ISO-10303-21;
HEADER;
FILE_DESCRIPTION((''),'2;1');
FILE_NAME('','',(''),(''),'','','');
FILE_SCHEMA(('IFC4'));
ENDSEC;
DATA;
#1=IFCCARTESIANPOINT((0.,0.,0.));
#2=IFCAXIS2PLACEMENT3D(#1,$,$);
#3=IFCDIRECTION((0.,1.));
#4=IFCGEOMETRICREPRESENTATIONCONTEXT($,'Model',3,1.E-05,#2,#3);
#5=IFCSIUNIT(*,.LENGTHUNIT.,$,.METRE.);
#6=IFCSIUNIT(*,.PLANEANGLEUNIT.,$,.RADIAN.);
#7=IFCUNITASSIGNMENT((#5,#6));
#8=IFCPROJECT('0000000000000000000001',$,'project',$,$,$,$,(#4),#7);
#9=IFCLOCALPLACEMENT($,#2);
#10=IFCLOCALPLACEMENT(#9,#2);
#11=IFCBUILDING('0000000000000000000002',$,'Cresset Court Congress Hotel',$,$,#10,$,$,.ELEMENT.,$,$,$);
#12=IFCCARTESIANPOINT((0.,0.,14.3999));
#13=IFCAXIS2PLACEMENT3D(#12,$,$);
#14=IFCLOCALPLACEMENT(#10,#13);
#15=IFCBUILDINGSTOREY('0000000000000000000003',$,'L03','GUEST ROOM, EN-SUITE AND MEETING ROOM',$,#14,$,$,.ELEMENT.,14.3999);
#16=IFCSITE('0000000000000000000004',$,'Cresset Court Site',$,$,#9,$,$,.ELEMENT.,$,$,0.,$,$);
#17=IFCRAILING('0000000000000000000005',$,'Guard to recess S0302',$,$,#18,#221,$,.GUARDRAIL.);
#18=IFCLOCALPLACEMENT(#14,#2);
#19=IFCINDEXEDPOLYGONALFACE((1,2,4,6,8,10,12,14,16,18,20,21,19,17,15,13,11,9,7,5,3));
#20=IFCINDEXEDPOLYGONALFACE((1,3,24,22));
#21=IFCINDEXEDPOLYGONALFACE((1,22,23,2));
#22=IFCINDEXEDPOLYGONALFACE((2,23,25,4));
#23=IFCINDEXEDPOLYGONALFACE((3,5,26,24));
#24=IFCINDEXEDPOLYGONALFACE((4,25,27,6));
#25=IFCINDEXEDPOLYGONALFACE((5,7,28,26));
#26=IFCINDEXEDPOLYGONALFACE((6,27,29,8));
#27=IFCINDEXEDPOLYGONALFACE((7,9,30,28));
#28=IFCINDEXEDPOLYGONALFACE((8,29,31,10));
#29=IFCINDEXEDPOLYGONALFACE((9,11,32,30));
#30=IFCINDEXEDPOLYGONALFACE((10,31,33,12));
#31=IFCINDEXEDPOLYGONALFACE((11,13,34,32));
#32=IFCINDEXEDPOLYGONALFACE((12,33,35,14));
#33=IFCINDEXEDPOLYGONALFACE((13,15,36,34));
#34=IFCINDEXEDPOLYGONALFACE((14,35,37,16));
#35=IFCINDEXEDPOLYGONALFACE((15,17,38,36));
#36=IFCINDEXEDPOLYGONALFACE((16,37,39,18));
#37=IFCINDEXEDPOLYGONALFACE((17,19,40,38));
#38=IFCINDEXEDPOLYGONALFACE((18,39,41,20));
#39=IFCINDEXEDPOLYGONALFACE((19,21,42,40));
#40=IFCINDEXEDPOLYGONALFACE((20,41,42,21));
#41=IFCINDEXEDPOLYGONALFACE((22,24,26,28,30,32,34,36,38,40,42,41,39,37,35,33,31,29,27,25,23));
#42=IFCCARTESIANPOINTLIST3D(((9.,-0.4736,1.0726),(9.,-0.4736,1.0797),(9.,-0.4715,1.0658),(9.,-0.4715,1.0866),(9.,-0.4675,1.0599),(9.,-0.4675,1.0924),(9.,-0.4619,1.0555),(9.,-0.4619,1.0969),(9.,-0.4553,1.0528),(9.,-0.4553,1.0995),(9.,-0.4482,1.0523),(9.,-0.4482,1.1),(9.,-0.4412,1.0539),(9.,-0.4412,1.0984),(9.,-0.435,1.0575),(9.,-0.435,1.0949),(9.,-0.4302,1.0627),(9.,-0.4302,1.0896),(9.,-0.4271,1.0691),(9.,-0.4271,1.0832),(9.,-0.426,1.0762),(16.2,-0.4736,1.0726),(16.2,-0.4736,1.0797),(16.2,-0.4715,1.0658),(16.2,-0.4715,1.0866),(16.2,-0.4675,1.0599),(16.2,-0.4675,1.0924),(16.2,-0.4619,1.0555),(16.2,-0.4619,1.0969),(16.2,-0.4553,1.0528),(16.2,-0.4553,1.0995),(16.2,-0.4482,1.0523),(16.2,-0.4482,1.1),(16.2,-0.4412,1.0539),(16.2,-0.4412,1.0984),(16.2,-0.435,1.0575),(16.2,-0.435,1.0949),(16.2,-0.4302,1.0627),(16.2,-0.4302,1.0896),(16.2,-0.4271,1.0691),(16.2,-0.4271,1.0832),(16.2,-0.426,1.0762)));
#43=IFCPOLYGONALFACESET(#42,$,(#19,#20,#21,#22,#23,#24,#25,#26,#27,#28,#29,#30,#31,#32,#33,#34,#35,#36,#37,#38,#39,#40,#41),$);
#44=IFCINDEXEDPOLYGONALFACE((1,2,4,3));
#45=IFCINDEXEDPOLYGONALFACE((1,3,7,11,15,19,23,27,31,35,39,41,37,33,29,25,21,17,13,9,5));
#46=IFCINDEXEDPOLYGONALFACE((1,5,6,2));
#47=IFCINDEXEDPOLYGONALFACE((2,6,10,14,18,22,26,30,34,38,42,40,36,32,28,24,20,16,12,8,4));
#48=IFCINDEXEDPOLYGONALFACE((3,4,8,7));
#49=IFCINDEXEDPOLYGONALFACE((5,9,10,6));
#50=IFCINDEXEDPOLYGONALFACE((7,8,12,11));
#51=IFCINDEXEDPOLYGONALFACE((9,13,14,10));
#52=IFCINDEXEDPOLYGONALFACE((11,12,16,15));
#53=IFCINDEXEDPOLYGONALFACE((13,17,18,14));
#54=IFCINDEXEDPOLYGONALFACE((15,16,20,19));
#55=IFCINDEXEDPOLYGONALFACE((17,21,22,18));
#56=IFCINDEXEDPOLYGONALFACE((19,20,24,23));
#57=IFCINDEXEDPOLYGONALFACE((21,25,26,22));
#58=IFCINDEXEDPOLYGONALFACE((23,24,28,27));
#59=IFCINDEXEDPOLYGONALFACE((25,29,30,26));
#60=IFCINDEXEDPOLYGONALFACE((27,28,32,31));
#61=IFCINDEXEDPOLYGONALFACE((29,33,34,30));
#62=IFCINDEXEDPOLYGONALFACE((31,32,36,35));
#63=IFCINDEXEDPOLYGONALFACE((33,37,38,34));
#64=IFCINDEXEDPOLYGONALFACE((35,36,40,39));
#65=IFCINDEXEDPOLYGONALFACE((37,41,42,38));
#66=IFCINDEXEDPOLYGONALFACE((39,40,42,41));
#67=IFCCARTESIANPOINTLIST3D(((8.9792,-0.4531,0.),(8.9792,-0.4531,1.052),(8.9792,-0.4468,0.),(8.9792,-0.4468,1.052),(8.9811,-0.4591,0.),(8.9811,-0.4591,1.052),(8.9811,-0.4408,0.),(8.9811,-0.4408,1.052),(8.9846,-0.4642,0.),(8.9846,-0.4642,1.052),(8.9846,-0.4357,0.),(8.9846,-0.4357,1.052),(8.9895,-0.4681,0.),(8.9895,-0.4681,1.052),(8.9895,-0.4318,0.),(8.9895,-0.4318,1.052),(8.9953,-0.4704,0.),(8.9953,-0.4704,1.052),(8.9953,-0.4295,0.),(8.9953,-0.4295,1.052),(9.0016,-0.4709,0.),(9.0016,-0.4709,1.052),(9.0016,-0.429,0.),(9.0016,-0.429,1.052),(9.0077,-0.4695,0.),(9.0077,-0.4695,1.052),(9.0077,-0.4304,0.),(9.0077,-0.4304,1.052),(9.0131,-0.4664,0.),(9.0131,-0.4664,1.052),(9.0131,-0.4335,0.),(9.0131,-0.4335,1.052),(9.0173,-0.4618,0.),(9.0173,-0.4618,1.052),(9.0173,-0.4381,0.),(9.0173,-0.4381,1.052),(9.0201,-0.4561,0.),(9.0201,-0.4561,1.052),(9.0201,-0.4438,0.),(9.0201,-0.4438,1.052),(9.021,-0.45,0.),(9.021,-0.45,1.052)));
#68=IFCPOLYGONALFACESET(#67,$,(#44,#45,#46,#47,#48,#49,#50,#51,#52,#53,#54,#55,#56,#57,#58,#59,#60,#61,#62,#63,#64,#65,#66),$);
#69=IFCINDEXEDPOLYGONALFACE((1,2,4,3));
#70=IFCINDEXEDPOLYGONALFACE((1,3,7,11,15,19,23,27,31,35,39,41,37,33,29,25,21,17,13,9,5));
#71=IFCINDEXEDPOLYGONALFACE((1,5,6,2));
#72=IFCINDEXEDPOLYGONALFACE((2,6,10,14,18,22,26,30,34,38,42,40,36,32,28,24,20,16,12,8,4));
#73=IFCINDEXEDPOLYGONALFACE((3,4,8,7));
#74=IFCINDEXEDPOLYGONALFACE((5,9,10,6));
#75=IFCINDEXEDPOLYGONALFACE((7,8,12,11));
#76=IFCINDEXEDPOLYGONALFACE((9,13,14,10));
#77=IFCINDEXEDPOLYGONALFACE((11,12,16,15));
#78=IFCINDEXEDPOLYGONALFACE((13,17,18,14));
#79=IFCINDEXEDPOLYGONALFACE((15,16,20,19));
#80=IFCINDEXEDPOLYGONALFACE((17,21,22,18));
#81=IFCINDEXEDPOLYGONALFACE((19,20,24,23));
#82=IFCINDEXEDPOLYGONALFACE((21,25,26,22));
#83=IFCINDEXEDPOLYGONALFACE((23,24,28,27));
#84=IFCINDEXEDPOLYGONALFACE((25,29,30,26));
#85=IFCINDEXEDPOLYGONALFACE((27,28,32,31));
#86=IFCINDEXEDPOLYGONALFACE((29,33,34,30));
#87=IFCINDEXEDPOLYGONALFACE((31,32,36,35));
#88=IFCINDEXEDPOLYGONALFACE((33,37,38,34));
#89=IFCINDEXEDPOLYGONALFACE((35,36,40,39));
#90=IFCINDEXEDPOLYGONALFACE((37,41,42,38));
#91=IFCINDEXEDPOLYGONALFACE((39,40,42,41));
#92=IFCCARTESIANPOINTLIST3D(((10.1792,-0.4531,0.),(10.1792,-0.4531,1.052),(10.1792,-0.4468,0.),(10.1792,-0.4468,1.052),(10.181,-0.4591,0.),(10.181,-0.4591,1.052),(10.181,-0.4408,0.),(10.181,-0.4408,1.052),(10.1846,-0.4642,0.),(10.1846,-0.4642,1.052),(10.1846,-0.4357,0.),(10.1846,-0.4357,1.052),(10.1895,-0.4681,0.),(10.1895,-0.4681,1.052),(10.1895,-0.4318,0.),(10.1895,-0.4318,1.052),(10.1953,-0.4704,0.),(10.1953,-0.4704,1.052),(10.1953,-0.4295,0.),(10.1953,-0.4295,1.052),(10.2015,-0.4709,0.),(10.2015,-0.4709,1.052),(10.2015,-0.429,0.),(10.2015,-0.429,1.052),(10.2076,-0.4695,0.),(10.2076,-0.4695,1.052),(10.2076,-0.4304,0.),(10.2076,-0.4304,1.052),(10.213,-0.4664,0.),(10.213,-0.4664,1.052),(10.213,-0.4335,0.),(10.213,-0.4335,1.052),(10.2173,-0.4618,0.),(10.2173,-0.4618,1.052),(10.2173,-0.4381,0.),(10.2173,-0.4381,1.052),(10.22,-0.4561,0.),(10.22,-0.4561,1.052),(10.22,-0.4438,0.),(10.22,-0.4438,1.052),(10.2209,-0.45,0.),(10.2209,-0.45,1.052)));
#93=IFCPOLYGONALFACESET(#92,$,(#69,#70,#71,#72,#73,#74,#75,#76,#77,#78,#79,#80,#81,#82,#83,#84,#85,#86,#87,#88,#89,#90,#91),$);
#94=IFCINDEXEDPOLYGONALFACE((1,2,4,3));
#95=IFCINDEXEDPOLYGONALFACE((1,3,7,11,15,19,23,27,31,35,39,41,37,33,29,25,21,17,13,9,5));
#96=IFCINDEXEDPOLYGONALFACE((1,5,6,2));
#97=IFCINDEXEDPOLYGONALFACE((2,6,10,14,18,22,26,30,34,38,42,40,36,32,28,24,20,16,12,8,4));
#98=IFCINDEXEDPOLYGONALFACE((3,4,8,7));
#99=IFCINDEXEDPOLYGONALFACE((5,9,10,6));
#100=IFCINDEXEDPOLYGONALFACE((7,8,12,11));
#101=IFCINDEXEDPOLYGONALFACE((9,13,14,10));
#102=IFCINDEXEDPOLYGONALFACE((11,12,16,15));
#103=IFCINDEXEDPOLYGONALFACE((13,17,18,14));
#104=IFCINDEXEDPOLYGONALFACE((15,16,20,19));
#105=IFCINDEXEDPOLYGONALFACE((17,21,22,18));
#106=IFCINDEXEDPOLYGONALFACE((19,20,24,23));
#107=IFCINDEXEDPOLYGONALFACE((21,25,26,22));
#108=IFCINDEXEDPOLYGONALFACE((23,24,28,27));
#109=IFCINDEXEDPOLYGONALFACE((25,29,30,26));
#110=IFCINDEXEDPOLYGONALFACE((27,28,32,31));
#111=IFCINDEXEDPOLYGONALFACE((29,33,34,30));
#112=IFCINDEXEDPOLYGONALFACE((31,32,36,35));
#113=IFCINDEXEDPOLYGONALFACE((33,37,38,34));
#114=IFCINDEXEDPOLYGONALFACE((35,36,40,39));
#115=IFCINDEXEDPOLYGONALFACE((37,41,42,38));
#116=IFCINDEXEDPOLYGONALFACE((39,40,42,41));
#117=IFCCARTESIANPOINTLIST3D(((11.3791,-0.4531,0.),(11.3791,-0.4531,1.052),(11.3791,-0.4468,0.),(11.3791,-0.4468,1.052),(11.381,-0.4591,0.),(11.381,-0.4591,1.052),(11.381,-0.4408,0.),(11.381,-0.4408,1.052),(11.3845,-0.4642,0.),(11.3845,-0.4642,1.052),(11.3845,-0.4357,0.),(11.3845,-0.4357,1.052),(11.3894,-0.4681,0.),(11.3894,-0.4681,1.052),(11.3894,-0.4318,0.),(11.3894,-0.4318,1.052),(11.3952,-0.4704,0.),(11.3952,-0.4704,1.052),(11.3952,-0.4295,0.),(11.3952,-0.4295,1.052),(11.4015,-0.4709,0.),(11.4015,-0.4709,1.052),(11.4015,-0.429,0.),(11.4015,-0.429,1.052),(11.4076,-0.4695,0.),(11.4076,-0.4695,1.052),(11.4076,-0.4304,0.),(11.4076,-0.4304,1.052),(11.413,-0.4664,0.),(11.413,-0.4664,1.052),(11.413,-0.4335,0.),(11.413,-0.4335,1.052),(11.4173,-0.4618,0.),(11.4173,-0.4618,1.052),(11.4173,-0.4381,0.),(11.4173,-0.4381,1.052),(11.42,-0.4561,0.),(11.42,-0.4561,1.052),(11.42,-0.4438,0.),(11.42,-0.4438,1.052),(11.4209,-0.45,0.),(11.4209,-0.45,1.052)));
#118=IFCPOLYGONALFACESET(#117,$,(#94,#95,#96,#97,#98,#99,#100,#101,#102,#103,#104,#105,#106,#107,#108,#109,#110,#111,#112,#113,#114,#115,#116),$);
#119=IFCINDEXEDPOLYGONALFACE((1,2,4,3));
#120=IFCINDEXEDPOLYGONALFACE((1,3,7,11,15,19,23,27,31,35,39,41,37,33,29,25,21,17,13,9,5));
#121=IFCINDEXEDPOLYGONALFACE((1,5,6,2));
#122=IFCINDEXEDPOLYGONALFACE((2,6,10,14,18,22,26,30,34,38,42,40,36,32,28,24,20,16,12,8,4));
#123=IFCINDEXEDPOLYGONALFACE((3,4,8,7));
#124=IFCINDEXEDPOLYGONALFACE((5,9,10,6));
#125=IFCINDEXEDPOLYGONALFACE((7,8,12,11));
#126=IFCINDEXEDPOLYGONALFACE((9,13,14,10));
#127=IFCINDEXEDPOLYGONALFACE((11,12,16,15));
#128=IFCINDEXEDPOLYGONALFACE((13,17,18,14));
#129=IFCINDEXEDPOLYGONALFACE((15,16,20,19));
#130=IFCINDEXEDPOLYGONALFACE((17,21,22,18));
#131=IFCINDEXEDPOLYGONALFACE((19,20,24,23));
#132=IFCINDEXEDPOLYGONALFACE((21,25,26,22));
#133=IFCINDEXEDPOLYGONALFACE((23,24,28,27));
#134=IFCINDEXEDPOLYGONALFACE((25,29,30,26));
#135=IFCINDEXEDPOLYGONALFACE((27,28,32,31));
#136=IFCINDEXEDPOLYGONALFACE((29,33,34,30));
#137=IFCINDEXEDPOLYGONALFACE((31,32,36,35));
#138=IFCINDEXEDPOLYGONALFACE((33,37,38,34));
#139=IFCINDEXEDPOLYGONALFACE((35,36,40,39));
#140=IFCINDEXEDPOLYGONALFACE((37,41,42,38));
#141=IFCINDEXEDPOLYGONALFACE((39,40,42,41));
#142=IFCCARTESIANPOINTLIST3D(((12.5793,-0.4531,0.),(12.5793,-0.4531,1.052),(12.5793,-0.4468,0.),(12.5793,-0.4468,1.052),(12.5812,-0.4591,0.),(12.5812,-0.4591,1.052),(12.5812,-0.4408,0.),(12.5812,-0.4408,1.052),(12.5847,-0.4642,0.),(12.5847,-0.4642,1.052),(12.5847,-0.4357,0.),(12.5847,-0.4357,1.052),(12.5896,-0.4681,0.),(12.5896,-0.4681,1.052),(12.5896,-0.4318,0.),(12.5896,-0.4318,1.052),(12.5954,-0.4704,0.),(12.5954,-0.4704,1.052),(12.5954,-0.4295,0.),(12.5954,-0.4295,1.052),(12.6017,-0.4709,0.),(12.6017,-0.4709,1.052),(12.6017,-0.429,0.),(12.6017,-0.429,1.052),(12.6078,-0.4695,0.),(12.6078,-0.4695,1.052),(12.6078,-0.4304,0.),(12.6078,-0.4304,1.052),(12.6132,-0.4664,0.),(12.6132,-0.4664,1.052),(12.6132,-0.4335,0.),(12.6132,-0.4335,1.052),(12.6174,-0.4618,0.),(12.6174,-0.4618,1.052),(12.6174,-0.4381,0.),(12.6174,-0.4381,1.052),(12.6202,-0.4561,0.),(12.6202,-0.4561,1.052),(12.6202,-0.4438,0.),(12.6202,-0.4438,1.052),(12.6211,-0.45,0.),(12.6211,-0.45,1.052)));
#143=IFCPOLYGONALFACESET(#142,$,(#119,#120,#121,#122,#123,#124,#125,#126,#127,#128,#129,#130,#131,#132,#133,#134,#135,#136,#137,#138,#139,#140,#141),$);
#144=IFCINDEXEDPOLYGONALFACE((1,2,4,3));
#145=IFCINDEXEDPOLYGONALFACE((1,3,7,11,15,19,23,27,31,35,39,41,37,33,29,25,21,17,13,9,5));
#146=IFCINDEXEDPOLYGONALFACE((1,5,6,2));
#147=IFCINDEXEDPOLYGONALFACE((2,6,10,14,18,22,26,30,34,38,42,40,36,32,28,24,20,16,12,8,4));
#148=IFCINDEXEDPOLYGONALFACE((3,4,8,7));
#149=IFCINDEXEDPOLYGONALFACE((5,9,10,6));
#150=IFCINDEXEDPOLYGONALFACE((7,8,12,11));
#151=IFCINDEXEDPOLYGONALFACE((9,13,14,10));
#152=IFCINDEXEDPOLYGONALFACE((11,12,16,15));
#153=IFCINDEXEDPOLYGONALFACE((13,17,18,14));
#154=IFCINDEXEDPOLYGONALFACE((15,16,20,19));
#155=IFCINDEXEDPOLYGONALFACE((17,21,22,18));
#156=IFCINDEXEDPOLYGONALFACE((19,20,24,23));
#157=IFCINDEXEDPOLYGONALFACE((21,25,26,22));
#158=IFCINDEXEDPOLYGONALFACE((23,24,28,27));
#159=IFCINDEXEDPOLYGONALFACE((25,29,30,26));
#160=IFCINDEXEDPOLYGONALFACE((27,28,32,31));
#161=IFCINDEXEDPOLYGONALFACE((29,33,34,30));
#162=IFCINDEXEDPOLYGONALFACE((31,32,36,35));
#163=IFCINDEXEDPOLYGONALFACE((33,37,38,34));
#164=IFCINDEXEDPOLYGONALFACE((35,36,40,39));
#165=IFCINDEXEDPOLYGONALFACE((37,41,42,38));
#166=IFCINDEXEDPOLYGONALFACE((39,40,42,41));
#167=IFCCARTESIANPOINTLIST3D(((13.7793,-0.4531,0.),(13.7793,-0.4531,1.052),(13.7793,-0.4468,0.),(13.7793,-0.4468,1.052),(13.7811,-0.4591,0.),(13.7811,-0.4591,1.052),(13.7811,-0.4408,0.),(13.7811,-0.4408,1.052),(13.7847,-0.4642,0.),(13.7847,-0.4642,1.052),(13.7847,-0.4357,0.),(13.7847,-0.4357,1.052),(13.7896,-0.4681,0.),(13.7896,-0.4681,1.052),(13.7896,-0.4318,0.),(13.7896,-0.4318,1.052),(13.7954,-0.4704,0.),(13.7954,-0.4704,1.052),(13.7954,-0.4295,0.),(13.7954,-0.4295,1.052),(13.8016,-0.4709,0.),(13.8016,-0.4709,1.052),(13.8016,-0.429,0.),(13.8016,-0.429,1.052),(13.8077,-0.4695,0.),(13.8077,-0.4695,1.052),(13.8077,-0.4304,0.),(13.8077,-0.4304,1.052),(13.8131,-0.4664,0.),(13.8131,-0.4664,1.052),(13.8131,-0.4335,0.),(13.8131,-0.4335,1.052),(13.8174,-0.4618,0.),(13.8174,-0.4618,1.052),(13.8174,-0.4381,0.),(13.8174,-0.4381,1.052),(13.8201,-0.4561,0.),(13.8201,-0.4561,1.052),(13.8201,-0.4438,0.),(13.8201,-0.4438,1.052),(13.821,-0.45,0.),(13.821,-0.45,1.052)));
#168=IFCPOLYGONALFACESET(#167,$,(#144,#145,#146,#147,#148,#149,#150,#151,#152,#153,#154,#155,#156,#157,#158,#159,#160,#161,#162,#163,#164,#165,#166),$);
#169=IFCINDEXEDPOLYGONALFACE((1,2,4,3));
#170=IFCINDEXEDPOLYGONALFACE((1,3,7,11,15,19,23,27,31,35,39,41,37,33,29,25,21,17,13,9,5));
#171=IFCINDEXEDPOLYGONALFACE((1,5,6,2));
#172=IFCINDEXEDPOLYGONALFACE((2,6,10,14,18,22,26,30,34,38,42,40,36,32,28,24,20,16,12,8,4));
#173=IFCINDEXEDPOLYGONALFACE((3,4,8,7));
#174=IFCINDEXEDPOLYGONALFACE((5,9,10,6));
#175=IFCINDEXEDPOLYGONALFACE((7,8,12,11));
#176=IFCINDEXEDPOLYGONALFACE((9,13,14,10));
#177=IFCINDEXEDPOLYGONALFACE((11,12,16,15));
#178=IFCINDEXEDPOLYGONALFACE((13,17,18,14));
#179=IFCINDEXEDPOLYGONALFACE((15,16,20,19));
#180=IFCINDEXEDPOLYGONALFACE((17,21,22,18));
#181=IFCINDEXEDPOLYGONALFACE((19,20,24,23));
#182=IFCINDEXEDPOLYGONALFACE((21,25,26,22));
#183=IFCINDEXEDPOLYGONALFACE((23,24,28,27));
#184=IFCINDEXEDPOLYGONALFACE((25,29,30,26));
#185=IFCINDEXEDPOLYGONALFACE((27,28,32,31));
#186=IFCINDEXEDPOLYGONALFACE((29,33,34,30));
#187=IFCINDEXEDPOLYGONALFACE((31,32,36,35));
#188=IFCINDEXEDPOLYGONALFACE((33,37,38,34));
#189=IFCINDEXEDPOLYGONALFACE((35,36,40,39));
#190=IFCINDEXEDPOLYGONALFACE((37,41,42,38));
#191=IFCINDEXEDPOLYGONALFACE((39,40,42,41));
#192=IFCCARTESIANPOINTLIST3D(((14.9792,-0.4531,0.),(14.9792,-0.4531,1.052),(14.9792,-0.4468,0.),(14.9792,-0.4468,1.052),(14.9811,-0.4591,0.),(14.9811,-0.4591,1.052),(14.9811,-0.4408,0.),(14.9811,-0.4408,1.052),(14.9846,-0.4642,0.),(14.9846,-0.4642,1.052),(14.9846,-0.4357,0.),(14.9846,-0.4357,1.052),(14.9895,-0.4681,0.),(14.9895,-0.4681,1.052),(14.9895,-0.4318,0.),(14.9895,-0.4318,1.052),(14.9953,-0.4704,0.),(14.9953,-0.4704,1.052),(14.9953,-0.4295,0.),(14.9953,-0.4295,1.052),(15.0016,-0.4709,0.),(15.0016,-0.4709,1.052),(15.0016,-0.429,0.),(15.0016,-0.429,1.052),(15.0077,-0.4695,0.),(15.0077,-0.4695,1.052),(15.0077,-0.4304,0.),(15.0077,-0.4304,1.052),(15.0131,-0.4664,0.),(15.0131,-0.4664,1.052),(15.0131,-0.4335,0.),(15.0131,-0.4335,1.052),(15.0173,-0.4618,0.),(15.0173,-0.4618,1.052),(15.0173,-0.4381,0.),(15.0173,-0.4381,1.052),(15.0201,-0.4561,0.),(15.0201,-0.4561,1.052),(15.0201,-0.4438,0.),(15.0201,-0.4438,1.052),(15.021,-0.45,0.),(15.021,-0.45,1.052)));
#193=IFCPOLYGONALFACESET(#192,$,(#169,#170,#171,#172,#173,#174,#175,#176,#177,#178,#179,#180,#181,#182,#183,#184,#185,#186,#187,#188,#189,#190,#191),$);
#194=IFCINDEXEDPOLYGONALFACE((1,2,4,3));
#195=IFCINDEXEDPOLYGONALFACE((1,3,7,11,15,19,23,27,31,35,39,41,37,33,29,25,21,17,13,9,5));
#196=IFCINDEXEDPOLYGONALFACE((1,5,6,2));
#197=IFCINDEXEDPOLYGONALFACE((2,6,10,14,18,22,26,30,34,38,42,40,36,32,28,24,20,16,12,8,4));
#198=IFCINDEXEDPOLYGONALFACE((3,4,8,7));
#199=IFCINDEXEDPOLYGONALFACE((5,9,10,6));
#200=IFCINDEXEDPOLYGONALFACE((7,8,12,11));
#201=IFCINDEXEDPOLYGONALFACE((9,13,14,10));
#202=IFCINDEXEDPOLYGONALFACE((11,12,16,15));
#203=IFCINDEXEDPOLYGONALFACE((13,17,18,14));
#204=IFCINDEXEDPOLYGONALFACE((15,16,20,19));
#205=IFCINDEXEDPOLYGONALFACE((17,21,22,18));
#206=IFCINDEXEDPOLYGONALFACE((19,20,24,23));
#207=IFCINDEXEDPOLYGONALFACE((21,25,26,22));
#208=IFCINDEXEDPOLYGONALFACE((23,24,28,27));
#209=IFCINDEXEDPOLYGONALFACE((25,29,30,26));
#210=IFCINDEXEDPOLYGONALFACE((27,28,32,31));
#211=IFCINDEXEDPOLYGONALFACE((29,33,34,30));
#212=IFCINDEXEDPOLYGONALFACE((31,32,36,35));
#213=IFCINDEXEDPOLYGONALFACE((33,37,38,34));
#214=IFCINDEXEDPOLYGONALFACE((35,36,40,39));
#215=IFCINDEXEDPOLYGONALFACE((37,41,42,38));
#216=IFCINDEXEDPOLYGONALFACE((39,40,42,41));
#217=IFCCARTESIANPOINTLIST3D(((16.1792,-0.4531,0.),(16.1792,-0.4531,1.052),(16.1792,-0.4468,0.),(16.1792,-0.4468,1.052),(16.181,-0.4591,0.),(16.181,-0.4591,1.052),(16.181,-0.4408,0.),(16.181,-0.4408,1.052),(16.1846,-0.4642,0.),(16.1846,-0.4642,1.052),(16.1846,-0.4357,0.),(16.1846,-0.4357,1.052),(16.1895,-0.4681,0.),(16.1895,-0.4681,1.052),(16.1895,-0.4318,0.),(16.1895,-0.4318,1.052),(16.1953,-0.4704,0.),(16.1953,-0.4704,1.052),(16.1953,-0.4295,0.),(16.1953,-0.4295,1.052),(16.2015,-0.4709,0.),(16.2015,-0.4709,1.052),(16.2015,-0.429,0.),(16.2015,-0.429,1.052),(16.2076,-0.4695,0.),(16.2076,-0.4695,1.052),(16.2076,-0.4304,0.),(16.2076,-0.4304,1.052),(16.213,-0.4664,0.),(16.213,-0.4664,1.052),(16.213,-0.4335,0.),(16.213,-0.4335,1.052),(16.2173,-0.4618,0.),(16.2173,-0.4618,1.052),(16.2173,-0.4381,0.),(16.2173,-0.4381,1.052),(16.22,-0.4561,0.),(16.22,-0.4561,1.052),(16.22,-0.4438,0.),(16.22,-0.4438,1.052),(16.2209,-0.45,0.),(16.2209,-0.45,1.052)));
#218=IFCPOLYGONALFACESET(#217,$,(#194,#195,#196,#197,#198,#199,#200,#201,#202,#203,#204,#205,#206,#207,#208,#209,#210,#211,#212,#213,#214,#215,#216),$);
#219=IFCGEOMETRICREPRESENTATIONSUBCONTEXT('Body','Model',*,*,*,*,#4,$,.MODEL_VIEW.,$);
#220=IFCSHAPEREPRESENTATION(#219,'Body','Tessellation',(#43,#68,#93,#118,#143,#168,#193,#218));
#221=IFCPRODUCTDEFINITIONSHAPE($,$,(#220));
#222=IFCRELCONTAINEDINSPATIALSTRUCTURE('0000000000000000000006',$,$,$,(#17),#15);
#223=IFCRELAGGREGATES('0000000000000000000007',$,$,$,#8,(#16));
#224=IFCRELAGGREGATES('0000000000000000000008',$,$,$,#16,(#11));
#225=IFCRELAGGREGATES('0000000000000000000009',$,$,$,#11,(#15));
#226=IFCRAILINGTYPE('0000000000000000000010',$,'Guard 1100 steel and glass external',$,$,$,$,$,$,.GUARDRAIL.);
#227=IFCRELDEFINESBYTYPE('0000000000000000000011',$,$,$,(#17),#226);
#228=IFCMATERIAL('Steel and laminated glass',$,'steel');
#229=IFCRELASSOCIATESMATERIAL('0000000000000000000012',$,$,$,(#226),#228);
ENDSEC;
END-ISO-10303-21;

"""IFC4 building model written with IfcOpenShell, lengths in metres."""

from ifc_helpers import new_model, si_unit, direction, frame, origin, origin_2d, place, context, subcontext, project, spatial, circle, extrude, material, type_object, element, save


model = new_model("IFC4")

# Units and contexts
model_context = context("Model", 3, precision=1e-05, world=origin(), true_north=direction((0.0, 1.0)))
body_context = subcontext(model_context, "Body", "Model", "MODEL_VIEW")
ifc_project = project(units=[si_unit("LENGTHUNIT", "METRE"), si_unit("PLANEANGLEUNIT", "RADIAN")], contexts=[model_context])

# Site, building, storey
site_placement = place(None, origin())
site = spatial("IfcSite", under=ifc_project, at=site_placement, Name="Cresset Court Site", CompositionType="ELEMENT", RefElevation=0.0)
building_placement = place(site_placement, origin())
building = spatial("IfcBuilding", under=site, at=building_placement, Name="Cresset Court Congress Hotel", CompositionType="ELEMENT")
storey_placement = place(building_placement, frame((0.0, 0.0, 14.3999)))
storey = spatial("IfcBuildingStorey", under=building, at=storey_placement, Name="L03", Description="GUEST ROOM, EN-SUITE AND MEETING ROOM", CompositionType="ELEMENT", Elevation=14.3999)

# Railing
ifc_material_1 = material(Name="Steel and laminated glass", Category="steel")
railing_type = type_object("IfcRailingType", Name="Guard 1100 steel and glass external", PredefinedType="GUARDRAIL", material=ifc_material_1)
railing_placement = place(storey_placement, frame((9.0, -0.45, 0.0)))
element("IfcRailing", 1, at=railing_placement, inside=storey, type_object=railing_type, Name="Guard to recess S0302", PredefinedType="GUARDRAIL", context=body_context, shape_type="SweptSolid", body=[
    extrude(circle(Radius=0.0239, at=origin_2d()), frame((0.0, 0.0, 1.0762), z_axis=(1.0, 0.0, 0.0), x_axis=(0.0, 1.0, 0.0)), (0.0, 0.0, 1.0), 7.2),
    extrude(circle(Radius=0.021, at=origin_2d()), origin(), (0.0, 0.0, 1.0), 1.052),
    extrude(circle(Radius=0.021, at=origin_2d()), frame((1.2, 0.0, 0.0)), (0.0, 0.0, 1.0), 1.052),
    extrude(circle(Radius=0.021, at=origin_2d()), frame((2.3999, 0.0, 0.0)), (0.0, 0.0, 1.0), 1.052),
    extrude(circle(Radius=0.021, at=origin_2d()), frame((3.6001, 0.0, 0.0)), (0.0, 0.0, 1.0), 1.052),
    extrude(circle(Radius=0.021, at=origin_2d()), frame((4.8, 0.0, 0.0)), (0.0, 0.0, 1.0), 1.052),
    extrude(circle(Radius=0.021, at=origin_2d()), frame((6.0, 0.0, 0.0)), (0.0, 0.0, 1.0), 1.052),
    extrude(circle(Radius=0.021, at=origin_2d()), frame((7.2, 0.0, 0.0)), (0.0, 0.0, 1.0), 1.052),
])

save(model, "model.ifc")
